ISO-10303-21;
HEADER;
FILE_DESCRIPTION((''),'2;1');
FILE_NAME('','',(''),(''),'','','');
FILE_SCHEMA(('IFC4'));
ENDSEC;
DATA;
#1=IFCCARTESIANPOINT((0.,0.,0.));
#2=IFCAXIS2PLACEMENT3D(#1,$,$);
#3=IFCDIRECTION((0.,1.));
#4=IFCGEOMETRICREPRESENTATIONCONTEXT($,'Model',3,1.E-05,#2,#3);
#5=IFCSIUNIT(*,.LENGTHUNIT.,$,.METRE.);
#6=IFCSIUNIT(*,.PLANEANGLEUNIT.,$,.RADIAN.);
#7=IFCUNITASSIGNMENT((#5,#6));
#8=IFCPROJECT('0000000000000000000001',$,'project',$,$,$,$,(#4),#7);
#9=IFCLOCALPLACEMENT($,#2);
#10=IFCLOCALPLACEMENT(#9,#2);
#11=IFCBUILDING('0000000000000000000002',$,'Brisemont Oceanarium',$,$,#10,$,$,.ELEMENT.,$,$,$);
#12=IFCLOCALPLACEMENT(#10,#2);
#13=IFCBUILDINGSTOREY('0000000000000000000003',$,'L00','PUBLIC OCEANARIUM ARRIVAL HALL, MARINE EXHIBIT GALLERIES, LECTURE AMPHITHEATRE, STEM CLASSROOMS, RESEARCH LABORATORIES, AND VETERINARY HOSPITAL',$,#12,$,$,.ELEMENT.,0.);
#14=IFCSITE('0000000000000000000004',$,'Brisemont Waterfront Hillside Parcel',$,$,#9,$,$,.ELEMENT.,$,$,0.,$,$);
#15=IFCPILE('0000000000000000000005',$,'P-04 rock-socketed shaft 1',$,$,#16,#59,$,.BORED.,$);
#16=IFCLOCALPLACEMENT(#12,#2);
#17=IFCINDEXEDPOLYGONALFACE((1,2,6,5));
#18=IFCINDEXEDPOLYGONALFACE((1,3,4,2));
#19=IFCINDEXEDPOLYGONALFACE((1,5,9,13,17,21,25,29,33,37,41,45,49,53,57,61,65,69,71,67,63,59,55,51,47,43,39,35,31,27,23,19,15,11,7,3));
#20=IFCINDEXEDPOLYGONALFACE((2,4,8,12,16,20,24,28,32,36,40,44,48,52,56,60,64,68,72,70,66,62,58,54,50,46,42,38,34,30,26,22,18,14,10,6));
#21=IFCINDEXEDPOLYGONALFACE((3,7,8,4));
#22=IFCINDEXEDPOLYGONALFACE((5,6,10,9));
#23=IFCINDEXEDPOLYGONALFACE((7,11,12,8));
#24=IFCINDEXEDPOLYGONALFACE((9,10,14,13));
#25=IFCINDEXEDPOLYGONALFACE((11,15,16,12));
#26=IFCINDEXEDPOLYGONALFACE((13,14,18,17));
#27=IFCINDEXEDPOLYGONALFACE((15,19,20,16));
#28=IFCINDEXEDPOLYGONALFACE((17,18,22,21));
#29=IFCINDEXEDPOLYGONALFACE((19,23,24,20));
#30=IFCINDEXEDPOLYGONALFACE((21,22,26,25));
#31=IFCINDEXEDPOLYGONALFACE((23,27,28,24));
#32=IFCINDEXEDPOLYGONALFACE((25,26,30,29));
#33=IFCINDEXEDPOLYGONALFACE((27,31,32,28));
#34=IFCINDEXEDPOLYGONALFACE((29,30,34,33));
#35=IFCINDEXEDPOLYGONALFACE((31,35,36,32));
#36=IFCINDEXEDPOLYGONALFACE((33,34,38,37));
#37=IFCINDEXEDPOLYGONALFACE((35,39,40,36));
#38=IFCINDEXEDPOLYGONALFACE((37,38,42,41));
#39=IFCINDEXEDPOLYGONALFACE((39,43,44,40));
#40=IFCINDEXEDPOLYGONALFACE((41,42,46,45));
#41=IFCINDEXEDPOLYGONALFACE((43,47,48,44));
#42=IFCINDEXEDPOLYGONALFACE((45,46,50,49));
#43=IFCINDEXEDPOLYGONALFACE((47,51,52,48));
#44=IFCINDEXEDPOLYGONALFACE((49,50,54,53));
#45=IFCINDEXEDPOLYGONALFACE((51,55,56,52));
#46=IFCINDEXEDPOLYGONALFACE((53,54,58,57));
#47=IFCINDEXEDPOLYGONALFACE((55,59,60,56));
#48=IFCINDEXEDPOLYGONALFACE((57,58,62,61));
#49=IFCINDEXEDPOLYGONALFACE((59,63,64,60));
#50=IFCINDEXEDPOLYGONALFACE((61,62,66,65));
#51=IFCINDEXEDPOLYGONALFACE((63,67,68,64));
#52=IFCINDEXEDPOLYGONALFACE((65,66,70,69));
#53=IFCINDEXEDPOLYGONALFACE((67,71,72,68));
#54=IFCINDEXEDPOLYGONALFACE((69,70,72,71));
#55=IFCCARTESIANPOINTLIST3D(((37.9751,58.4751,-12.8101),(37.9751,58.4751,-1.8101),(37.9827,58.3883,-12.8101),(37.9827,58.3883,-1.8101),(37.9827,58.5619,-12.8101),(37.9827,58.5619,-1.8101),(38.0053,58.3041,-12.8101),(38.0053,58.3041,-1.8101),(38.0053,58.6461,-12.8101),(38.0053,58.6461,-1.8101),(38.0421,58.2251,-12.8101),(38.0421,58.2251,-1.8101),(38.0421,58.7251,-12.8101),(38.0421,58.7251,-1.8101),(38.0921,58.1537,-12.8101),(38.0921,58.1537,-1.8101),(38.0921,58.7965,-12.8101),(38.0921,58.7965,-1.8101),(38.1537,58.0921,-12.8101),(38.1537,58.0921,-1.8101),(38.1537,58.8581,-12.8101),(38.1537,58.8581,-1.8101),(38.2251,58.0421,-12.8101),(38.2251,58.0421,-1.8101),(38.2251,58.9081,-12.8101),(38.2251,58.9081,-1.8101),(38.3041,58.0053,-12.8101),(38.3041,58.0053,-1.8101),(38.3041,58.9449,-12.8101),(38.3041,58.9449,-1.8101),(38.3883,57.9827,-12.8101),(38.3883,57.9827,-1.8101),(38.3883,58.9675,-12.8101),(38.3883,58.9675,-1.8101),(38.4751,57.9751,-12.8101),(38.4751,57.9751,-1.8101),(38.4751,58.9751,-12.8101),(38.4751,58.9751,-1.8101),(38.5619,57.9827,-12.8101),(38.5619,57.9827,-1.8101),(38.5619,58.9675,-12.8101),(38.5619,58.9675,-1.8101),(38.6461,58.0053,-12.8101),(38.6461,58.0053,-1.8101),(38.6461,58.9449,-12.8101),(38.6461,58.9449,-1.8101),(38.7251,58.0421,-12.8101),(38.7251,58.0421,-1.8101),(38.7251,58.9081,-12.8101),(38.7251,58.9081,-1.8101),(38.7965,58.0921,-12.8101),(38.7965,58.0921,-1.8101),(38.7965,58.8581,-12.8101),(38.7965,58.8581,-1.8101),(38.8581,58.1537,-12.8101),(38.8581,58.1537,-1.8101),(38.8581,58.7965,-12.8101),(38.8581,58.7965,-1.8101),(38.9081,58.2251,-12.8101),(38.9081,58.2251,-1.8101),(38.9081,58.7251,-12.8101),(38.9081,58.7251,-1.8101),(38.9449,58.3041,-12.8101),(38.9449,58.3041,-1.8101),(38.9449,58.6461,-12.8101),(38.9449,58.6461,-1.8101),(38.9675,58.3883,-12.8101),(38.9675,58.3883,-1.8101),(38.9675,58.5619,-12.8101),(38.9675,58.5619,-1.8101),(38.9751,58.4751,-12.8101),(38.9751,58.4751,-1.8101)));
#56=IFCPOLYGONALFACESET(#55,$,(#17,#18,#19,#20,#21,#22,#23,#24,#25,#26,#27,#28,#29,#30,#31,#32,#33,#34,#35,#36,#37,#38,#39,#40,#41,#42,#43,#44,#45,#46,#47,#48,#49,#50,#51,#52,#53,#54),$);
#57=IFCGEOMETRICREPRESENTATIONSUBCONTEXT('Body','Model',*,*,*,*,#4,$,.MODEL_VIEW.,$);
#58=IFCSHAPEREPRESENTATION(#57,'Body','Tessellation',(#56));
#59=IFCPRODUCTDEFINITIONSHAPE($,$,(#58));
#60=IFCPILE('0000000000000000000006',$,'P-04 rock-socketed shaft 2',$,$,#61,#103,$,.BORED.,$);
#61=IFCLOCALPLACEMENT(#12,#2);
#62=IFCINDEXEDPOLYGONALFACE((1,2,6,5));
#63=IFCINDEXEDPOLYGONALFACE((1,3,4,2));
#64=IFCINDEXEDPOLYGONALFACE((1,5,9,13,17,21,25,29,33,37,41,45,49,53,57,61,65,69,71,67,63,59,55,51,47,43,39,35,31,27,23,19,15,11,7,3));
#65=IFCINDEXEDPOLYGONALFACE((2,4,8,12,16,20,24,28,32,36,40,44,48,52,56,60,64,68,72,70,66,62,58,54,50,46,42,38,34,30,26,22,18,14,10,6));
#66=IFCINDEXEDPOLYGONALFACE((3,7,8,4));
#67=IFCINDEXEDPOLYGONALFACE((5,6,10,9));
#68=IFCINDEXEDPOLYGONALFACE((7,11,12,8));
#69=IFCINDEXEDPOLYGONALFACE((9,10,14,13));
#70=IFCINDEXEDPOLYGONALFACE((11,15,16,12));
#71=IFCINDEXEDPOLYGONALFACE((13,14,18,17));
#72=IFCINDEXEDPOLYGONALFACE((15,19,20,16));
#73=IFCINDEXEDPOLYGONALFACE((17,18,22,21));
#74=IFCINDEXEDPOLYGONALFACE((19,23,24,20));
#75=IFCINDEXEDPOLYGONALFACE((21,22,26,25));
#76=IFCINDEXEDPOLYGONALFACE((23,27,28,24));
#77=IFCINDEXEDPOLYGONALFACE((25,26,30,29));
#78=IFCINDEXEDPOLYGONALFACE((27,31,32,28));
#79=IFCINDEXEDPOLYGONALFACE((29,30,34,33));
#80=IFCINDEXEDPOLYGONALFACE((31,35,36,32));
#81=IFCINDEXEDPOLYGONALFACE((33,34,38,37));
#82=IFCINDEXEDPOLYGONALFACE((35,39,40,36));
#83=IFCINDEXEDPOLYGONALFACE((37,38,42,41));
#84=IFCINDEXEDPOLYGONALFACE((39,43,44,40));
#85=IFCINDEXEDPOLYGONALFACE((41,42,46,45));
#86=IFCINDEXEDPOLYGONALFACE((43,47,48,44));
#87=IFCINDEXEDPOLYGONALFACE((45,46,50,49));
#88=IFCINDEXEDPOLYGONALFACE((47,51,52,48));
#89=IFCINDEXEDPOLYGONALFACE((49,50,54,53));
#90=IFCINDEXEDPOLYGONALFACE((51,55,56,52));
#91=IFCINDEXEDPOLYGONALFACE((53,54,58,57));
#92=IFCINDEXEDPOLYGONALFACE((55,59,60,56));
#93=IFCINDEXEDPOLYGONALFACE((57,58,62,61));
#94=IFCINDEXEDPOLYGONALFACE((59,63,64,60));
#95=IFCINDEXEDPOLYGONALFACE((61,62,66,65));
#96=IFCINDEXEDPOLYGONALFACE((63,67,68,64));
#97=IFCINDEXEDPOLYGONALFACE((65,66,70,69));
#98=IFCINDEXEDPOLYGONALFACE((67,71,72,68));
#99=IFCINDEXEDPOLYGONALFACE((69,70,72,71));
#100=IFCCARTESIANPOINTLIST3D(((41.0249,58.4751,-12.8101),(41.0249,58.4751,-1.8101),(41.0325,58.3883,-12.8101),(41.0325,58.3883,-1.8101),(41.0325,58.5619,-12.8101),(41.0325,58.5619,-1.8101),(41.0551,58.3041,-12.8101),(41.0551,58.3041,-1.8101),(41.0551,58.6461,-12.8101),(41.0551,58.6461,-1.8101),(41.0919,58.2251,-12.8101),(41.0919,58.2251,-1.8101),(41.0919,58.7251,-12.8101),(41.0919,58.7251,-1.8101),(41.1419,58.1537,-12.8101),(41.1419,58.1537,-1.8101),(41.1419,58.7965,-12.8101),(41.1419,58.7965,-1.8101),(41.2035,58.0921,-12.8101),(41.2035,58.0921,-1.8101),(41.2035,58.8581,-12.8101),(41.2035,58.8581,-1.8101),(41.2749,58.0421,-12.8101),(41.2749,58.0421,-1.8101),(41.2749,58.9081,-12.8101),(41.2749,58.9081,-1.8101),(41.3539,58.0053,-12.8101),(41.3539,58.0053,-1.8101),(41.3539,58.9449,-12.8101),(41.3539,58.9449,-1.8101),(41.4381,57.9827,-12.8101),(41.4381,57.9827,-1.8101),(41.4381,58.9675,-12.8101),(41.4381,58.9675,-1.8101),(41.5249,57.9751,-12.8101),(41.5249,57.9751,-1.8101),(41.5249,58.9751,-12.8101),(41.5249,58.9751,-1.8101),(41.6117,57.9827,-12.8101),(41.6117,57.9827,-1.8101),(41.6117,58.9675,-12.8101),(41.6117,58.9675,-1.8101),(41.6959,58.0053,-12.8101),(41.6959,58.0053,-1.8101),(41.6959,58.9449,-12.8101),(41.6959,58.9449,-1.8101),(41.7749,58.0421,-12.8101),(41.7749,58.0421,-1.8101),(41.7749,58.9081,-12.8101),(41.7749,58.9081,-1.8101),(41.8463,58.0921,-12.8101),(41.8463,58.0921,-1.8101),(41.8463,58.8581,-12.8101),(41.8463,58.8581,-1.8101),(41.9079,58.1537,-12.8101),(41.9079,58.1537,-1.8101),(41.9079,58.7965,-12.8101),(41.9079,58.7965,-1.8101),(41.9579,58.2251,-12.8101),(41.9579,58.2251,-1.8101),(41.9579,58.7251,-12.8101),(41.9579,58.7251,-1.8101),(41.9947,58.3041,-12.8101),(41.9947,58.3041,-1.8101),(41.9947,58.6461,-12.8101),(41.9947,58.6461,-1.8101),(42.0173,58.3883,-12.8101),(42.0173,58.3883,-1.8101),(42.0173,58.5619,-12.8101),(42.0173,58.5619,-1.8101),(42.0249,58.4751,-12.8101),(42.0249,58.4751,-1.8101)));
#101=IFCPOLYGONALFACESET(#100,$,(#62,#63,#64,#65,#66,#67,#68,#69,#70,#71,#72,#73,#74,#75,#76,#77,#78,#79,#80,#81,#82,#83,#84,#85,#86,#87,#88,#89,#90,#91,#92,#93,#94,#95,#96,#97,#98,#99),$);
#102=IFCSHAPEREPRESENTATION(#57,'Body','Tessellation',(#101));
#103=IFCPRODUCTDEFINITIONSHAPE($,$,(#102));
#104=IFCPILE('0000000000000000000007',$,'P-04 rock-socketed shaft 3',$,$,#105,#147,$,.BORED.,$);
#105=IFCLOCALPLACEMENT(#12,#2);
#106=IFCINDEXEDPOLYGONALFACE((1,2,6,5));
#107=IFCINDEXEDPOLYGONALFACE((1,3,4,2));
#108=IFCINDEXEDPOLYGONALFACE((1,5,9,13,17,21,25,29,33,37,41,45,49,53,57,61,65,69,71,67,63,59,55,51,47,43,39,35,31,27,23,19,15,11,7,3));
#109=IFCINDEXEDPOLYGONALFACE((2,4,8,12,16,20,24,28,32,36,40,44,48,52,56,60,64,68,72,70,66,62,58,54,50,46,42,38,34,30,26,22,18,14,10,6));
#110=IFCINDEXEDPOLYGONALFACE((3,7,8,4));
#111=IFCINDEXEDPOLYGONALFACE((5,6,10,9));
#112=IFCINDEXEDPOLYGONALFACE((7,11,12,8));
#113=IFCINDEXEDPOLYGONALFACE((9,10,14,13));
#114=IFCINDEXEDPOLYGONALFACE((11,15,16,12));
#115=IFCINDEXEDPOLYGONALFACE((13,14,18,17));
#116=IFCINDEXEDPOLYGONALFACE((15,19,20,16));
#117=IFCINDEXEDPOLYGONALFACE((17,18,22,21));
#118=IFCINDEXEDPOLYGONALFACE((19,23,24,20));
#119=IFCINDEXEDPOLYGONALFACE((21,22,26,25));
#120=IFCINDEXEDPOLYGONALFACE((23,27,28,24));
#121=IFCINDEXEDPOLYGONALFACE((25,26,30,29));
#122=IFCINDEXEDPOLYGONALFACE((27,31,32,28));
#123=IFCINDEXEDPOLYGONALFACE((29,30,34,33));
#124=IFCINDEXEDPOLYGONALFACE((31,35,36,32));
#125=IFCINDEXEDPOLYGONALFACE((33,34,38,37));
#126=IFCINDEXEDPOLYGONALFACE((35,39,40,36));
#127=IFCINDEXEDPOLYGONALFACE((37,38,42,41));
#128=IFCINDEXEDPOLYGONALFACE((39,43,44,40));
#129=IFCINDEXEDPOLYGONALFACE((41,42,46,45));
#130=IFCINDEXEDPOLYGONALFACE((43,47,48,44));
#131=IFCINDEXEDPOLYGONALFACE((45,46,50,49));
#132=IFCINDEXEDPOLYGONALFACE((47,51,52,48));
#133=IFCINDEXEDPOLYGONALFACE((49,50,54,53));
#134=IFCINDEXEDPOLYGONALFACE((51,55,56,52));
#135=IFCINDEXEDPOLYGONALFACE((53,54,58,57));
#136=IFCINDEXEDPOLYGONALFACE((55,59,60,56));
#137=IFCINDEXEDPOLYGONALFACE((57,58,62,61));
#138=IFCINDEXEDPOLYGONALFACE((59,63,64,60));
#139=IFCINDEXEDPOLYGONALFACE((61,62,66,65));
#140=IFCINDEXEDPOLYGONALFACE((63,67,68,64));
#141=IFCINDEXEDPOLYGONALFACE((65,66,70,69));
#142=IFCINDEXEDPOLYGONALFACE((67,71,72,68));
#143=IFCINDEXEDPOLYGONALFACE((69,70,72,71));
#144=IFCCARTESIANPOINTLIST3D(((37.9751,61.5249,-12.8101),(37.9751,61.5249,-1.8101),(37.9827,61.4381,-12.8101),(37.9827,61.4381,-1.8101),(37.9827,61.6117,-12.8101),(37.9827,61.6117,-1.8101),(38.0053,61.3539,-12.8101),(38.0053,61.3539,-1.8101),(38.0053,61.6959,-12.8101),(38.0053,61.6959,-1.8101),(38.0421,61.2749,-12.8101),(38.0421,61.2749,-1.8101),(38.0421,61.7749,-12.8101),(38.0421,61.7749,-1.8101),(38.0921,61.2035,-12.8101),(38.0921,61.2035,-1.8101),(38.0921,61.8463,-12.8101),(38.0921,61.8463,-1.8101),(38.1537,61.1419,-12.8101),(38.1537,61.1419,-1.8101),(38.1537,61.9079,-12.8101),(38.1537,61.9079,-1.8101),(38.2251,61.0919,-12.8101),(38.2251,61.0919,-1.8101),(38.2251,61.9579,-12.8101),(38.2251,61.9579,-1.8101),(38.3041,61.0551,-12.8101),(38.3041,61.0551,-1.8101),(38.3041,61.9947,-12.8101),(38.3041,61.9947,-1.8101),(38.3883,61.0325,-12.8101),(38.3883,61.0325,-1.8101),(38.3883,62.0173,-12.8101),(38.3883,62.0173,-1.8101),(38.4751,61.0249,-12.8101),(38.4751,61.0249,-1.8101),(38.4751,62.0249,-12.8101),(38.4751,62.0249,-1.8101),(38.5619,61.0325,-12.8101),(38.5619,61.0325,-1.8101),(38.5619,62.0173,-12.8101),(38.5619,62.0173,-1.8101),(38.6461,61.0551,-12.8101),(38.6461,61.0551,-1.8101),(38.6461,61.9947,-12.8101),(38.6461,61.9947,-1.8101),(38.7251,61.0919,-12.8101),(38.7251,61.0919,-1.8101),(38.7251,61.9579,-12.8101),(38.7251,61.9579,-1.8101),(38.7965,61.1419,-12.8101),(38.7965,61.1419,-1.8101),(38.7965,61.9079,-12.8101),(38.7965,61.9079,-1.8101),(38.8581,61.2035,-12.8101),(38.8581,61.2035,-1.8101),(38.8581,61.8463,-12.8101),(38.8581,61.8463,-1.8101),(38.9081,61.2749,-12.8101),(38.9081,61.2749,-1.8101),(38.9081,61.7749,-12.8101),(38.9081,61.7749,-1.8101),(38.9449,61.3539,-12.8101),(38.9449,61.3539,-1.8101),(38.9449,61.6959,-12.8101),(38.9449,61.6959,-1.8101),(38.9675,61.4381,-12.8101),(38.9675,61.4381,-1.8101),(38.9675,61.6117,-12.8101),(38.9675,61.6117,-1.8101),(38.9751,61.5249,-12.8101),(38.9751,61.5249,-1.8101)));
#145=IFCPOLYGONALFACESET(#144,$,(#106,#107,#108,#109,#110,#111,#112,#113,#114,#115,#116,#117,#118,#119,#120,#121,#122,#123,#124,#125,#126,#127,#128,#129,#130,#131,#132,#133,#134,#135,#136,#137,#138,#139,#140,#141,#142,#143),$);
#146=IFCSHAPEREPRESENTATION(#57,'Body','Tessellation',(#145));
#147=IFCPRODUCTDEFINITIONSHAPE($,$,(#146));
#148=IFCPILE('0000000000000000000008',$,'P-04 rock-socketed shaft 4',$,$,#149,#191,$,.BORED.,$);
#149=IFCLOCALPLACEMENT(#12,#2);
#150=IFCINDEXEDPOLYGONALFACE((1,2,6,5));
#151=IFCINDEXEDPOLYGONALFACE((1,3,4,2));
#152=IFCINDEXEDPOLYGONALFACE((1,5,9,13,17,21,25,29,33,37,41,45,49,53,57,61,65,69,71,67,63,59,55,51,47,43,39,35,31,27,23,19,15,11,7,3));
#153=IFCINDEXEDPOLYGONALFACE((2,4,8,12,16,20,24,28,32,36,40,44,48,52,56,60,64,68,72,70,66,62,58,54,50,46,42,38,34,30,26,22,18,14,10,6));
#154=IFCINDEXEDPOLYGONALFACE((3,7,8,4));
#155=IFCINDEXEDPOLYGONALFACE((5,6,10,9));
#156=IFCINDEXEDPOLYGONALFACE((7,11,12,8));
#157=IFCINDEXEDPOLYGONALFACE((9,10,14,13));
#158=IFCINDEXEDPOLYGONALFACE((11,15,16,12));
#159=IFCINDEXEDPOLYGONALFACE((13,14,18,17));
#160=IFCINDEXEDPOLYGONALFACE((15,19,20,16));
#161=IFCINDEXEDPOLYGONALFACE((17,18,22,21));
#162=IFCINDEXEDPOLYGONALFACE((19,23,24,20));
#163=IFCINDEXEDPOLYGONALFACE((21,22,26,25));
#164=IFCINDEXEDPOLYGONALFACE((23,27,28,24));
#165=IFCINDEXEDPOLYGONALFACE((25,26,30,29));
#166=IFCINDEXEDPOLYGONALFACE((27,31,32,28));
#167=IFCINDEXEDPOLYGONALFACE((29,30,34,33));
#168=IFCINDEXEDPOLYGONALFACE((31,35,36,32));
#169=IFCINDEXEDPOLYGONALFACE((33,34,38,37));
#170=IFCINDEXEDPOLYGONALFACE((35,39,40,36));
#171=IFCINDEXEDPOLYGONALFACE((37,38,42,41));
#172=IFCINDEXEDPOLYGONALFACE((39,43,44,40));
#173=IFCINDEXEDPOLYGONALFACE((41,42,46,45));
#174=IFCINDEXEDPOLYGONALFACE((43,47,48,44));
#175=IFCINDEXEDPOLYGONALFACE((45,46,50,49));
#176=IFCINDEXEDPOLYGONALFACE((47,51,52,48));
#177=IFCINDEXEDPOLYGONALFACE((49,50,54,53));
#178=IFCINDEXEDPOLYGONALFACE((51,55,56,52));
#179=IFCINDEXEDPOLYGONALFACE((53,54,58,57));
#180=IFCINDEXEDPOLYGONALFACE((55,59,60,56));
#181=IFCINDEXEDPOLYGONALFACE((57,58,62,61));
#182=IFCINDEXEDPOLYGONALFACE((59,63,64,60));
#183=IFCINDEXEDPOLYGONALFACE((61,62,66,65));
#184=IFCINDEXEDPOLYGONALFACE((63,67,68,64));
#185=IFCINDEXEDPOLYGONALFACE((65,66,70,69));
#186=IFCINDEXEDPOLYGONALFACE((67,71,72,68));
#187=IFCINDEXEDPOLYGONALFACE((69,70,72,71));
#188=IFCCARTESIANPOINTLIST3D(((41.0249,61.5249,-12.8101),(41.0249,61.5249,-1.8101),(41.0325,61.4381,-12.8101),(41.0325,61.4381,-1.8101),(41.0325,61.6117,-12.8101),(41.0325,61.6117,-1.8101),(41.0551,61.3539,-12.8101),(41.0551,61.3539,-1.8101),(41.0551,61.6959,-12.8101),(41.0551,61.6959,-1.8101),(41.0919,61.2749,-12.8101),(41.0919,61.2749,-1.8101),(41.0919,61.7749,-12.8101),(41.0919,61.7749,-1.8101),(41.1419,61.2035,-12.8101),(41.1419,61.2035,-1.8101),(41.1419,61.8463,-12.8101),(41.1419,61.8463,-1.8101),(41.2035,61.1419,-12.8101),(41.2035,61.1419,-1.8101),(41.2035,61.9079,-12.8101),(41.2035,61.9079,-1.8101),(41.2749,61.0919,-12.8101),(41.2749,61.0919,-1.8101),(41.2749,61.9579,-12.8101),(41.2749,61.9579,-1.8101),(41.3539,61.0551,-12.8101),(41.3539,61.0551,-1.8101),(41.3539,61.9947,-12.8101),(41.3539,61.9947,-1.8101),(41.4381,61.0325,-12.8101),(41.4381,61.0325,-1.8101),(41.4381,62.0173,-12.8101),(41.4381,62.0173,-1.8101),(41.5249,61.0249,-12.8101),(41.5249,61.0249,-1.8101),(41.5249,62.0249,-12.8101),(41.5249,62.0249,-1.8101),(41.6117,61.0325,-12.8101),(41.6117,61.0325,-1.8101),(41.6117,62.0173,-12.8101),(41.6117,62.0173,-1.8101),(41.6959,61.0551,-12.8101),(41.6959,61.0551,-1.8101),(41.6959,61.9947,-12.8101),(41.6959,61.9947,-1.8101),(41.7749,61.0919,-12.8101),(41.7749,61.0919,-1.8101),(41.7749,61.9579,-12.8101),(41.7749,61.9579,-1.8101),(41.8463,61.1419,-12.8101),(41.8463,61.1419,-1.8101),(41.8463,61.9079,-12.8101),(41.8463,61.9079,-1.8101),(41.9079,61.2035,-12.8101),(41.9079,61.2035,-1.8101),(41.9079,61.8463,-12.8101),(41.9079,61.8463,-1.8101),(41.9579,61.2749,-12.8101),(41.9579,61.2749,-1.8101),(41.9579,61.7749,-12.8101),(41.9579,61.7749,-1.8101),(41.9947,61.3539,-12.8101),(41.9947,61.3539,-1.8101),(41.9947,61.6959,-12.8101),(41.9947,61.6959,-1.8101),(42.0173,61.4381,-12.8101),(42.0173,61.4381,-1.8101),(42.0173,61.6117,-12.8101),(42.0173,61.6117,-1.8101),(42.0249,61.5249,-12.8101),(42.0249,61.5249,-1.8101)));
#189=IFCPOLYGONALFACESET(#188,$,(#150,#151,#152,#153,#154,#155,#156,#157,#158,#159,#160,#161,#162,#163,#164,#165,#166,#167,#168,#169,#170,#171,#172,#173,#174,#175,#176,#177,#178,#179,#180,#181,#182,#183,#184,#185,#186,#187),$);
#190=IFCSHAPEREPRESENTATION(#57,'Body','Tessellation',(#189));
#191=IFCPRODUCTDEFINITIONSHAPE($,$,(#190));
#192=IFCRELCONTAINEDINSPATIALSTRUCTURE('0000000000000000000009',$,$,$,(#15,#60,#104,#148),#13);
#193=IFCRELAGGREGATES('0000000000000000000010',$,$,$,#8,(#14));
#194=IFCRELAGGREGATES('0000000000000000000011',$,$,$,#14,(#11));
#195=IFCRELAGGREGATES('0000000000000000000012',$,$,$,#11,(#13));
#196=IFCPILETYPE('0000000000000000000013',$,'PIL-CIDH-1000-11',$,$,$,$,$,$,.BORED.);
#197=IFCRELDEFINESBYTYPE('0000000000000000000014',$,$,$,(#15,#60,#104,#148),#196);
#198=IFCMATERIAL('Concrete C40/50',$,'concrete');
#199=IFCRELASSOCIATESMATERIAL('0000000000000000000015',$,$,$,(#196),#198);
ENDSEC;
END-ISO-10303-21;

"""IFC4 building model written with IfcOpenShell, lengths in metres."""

from ifc_helpers import new_model, si_unit, direction, frame, origin, origin_2d, place, context, subcontext, project, spatial, circle, extrude, material, material_profile, profile_set, type_object, element, save


model = new_model("IFC4")

# Units and contexts
model_context = context("Model", 3, precision=1e-05, world=origin(), true_north=direction((0.0, 1.0)))
body_context = subcontext(model_context, "Body", "Model", "MODEL_VIEW")
ifc_project = project(units=[si_unit("LENGTHUNIT", "METRE"), si_unit("PLANEANGLEUNIT", "RADIAN")], contexts=[model_context])

# Site, building, storey
site_placement = place(None, origin())
site = spatial("IfcSite", under=ifc_project, at=site_placement, Name="Brisemont Waterfront Hillside Parcel", CompositionType="ELEMENT", RefElevation=0.0)
building_placement = place(site_placement, origin())
building = spatial("IfcBuilding", under=site, at=building_placement, Name="Brisemont Oceanarium", CompositionType="ELEMENT")
storey_placement = place(building_placement, origin())
storey = spatial("IfcBuildingStorey", under=building, at=storey_placement, Name="L00", Description="PUBLIC OCEANARIUM ARRIVAL HALL, MARINE EXHIBIT GALLERIES, LECTURE AMPHITHEATRE, STEM CLASSROOMS, RESEARCH LABORATORIES, AND VETERINARY HOSPITAL", CompositionType="ELEMENT", Elevation=0.0)

# Piles
ifc_material_1 = material(Name="Concrete C40/50", Category="concrete")
ifc_material_profile_1 = material_profile(ifc_material_1, circle(Radius=0.5, at=origin_2d()), Name="CIDH-D1000")
ifc_profile_set_1 = profile_set([ifc_material_profile_1], Name="Concrete C40/50")
pile_type_1 = type_object("IfcPileType", Name="PIL-CIDH-1000-11", PredefinedType="BORED", material=ifc_profile_set_1)
for number, where, z_axis, x_axis, name in (
    (1, (38.4751, 58.4751, -1.8101), (0.0, 0.0, -1.0), (1.0, 0.0, 0.0), "P-04 rock-socketed shaft 1"),
    (2, (41.5249, 58.4751, -1.8101), (0.0, 0.0, -1.0), (1.0, 0.0, 0.0), "P-04 rock-socketed shaft 2"),
    (3, (38.4751, 61.5249, -1.8101), (0.0, 0.0, -1.0), (1.0, 0.0, 0.0), "P-04 rock-socketed shaft 3"),
    (4, (41.5249, 61.5249, -1.8101), (0.0, 0.0, -1.0), (1.0, 0.0, 0.0), "P-04 rock-socketed shaft 4"),
):
    element("IfcPile", number, at=place(storey_placement, frame(where, z_axis=z_axis, x_axis=x_axis)), inside=storey, type_object=pile_type_1, Name=name, PredefinedType="BORED", context=body_context, shape_type="SweptSolid", body=[
        extrude(circle(Radius=0.5, at=origin_2d()), origin(), (0.0, 0.0, 1.0), 11.0),
    ])

save(model, "model.ifc")
